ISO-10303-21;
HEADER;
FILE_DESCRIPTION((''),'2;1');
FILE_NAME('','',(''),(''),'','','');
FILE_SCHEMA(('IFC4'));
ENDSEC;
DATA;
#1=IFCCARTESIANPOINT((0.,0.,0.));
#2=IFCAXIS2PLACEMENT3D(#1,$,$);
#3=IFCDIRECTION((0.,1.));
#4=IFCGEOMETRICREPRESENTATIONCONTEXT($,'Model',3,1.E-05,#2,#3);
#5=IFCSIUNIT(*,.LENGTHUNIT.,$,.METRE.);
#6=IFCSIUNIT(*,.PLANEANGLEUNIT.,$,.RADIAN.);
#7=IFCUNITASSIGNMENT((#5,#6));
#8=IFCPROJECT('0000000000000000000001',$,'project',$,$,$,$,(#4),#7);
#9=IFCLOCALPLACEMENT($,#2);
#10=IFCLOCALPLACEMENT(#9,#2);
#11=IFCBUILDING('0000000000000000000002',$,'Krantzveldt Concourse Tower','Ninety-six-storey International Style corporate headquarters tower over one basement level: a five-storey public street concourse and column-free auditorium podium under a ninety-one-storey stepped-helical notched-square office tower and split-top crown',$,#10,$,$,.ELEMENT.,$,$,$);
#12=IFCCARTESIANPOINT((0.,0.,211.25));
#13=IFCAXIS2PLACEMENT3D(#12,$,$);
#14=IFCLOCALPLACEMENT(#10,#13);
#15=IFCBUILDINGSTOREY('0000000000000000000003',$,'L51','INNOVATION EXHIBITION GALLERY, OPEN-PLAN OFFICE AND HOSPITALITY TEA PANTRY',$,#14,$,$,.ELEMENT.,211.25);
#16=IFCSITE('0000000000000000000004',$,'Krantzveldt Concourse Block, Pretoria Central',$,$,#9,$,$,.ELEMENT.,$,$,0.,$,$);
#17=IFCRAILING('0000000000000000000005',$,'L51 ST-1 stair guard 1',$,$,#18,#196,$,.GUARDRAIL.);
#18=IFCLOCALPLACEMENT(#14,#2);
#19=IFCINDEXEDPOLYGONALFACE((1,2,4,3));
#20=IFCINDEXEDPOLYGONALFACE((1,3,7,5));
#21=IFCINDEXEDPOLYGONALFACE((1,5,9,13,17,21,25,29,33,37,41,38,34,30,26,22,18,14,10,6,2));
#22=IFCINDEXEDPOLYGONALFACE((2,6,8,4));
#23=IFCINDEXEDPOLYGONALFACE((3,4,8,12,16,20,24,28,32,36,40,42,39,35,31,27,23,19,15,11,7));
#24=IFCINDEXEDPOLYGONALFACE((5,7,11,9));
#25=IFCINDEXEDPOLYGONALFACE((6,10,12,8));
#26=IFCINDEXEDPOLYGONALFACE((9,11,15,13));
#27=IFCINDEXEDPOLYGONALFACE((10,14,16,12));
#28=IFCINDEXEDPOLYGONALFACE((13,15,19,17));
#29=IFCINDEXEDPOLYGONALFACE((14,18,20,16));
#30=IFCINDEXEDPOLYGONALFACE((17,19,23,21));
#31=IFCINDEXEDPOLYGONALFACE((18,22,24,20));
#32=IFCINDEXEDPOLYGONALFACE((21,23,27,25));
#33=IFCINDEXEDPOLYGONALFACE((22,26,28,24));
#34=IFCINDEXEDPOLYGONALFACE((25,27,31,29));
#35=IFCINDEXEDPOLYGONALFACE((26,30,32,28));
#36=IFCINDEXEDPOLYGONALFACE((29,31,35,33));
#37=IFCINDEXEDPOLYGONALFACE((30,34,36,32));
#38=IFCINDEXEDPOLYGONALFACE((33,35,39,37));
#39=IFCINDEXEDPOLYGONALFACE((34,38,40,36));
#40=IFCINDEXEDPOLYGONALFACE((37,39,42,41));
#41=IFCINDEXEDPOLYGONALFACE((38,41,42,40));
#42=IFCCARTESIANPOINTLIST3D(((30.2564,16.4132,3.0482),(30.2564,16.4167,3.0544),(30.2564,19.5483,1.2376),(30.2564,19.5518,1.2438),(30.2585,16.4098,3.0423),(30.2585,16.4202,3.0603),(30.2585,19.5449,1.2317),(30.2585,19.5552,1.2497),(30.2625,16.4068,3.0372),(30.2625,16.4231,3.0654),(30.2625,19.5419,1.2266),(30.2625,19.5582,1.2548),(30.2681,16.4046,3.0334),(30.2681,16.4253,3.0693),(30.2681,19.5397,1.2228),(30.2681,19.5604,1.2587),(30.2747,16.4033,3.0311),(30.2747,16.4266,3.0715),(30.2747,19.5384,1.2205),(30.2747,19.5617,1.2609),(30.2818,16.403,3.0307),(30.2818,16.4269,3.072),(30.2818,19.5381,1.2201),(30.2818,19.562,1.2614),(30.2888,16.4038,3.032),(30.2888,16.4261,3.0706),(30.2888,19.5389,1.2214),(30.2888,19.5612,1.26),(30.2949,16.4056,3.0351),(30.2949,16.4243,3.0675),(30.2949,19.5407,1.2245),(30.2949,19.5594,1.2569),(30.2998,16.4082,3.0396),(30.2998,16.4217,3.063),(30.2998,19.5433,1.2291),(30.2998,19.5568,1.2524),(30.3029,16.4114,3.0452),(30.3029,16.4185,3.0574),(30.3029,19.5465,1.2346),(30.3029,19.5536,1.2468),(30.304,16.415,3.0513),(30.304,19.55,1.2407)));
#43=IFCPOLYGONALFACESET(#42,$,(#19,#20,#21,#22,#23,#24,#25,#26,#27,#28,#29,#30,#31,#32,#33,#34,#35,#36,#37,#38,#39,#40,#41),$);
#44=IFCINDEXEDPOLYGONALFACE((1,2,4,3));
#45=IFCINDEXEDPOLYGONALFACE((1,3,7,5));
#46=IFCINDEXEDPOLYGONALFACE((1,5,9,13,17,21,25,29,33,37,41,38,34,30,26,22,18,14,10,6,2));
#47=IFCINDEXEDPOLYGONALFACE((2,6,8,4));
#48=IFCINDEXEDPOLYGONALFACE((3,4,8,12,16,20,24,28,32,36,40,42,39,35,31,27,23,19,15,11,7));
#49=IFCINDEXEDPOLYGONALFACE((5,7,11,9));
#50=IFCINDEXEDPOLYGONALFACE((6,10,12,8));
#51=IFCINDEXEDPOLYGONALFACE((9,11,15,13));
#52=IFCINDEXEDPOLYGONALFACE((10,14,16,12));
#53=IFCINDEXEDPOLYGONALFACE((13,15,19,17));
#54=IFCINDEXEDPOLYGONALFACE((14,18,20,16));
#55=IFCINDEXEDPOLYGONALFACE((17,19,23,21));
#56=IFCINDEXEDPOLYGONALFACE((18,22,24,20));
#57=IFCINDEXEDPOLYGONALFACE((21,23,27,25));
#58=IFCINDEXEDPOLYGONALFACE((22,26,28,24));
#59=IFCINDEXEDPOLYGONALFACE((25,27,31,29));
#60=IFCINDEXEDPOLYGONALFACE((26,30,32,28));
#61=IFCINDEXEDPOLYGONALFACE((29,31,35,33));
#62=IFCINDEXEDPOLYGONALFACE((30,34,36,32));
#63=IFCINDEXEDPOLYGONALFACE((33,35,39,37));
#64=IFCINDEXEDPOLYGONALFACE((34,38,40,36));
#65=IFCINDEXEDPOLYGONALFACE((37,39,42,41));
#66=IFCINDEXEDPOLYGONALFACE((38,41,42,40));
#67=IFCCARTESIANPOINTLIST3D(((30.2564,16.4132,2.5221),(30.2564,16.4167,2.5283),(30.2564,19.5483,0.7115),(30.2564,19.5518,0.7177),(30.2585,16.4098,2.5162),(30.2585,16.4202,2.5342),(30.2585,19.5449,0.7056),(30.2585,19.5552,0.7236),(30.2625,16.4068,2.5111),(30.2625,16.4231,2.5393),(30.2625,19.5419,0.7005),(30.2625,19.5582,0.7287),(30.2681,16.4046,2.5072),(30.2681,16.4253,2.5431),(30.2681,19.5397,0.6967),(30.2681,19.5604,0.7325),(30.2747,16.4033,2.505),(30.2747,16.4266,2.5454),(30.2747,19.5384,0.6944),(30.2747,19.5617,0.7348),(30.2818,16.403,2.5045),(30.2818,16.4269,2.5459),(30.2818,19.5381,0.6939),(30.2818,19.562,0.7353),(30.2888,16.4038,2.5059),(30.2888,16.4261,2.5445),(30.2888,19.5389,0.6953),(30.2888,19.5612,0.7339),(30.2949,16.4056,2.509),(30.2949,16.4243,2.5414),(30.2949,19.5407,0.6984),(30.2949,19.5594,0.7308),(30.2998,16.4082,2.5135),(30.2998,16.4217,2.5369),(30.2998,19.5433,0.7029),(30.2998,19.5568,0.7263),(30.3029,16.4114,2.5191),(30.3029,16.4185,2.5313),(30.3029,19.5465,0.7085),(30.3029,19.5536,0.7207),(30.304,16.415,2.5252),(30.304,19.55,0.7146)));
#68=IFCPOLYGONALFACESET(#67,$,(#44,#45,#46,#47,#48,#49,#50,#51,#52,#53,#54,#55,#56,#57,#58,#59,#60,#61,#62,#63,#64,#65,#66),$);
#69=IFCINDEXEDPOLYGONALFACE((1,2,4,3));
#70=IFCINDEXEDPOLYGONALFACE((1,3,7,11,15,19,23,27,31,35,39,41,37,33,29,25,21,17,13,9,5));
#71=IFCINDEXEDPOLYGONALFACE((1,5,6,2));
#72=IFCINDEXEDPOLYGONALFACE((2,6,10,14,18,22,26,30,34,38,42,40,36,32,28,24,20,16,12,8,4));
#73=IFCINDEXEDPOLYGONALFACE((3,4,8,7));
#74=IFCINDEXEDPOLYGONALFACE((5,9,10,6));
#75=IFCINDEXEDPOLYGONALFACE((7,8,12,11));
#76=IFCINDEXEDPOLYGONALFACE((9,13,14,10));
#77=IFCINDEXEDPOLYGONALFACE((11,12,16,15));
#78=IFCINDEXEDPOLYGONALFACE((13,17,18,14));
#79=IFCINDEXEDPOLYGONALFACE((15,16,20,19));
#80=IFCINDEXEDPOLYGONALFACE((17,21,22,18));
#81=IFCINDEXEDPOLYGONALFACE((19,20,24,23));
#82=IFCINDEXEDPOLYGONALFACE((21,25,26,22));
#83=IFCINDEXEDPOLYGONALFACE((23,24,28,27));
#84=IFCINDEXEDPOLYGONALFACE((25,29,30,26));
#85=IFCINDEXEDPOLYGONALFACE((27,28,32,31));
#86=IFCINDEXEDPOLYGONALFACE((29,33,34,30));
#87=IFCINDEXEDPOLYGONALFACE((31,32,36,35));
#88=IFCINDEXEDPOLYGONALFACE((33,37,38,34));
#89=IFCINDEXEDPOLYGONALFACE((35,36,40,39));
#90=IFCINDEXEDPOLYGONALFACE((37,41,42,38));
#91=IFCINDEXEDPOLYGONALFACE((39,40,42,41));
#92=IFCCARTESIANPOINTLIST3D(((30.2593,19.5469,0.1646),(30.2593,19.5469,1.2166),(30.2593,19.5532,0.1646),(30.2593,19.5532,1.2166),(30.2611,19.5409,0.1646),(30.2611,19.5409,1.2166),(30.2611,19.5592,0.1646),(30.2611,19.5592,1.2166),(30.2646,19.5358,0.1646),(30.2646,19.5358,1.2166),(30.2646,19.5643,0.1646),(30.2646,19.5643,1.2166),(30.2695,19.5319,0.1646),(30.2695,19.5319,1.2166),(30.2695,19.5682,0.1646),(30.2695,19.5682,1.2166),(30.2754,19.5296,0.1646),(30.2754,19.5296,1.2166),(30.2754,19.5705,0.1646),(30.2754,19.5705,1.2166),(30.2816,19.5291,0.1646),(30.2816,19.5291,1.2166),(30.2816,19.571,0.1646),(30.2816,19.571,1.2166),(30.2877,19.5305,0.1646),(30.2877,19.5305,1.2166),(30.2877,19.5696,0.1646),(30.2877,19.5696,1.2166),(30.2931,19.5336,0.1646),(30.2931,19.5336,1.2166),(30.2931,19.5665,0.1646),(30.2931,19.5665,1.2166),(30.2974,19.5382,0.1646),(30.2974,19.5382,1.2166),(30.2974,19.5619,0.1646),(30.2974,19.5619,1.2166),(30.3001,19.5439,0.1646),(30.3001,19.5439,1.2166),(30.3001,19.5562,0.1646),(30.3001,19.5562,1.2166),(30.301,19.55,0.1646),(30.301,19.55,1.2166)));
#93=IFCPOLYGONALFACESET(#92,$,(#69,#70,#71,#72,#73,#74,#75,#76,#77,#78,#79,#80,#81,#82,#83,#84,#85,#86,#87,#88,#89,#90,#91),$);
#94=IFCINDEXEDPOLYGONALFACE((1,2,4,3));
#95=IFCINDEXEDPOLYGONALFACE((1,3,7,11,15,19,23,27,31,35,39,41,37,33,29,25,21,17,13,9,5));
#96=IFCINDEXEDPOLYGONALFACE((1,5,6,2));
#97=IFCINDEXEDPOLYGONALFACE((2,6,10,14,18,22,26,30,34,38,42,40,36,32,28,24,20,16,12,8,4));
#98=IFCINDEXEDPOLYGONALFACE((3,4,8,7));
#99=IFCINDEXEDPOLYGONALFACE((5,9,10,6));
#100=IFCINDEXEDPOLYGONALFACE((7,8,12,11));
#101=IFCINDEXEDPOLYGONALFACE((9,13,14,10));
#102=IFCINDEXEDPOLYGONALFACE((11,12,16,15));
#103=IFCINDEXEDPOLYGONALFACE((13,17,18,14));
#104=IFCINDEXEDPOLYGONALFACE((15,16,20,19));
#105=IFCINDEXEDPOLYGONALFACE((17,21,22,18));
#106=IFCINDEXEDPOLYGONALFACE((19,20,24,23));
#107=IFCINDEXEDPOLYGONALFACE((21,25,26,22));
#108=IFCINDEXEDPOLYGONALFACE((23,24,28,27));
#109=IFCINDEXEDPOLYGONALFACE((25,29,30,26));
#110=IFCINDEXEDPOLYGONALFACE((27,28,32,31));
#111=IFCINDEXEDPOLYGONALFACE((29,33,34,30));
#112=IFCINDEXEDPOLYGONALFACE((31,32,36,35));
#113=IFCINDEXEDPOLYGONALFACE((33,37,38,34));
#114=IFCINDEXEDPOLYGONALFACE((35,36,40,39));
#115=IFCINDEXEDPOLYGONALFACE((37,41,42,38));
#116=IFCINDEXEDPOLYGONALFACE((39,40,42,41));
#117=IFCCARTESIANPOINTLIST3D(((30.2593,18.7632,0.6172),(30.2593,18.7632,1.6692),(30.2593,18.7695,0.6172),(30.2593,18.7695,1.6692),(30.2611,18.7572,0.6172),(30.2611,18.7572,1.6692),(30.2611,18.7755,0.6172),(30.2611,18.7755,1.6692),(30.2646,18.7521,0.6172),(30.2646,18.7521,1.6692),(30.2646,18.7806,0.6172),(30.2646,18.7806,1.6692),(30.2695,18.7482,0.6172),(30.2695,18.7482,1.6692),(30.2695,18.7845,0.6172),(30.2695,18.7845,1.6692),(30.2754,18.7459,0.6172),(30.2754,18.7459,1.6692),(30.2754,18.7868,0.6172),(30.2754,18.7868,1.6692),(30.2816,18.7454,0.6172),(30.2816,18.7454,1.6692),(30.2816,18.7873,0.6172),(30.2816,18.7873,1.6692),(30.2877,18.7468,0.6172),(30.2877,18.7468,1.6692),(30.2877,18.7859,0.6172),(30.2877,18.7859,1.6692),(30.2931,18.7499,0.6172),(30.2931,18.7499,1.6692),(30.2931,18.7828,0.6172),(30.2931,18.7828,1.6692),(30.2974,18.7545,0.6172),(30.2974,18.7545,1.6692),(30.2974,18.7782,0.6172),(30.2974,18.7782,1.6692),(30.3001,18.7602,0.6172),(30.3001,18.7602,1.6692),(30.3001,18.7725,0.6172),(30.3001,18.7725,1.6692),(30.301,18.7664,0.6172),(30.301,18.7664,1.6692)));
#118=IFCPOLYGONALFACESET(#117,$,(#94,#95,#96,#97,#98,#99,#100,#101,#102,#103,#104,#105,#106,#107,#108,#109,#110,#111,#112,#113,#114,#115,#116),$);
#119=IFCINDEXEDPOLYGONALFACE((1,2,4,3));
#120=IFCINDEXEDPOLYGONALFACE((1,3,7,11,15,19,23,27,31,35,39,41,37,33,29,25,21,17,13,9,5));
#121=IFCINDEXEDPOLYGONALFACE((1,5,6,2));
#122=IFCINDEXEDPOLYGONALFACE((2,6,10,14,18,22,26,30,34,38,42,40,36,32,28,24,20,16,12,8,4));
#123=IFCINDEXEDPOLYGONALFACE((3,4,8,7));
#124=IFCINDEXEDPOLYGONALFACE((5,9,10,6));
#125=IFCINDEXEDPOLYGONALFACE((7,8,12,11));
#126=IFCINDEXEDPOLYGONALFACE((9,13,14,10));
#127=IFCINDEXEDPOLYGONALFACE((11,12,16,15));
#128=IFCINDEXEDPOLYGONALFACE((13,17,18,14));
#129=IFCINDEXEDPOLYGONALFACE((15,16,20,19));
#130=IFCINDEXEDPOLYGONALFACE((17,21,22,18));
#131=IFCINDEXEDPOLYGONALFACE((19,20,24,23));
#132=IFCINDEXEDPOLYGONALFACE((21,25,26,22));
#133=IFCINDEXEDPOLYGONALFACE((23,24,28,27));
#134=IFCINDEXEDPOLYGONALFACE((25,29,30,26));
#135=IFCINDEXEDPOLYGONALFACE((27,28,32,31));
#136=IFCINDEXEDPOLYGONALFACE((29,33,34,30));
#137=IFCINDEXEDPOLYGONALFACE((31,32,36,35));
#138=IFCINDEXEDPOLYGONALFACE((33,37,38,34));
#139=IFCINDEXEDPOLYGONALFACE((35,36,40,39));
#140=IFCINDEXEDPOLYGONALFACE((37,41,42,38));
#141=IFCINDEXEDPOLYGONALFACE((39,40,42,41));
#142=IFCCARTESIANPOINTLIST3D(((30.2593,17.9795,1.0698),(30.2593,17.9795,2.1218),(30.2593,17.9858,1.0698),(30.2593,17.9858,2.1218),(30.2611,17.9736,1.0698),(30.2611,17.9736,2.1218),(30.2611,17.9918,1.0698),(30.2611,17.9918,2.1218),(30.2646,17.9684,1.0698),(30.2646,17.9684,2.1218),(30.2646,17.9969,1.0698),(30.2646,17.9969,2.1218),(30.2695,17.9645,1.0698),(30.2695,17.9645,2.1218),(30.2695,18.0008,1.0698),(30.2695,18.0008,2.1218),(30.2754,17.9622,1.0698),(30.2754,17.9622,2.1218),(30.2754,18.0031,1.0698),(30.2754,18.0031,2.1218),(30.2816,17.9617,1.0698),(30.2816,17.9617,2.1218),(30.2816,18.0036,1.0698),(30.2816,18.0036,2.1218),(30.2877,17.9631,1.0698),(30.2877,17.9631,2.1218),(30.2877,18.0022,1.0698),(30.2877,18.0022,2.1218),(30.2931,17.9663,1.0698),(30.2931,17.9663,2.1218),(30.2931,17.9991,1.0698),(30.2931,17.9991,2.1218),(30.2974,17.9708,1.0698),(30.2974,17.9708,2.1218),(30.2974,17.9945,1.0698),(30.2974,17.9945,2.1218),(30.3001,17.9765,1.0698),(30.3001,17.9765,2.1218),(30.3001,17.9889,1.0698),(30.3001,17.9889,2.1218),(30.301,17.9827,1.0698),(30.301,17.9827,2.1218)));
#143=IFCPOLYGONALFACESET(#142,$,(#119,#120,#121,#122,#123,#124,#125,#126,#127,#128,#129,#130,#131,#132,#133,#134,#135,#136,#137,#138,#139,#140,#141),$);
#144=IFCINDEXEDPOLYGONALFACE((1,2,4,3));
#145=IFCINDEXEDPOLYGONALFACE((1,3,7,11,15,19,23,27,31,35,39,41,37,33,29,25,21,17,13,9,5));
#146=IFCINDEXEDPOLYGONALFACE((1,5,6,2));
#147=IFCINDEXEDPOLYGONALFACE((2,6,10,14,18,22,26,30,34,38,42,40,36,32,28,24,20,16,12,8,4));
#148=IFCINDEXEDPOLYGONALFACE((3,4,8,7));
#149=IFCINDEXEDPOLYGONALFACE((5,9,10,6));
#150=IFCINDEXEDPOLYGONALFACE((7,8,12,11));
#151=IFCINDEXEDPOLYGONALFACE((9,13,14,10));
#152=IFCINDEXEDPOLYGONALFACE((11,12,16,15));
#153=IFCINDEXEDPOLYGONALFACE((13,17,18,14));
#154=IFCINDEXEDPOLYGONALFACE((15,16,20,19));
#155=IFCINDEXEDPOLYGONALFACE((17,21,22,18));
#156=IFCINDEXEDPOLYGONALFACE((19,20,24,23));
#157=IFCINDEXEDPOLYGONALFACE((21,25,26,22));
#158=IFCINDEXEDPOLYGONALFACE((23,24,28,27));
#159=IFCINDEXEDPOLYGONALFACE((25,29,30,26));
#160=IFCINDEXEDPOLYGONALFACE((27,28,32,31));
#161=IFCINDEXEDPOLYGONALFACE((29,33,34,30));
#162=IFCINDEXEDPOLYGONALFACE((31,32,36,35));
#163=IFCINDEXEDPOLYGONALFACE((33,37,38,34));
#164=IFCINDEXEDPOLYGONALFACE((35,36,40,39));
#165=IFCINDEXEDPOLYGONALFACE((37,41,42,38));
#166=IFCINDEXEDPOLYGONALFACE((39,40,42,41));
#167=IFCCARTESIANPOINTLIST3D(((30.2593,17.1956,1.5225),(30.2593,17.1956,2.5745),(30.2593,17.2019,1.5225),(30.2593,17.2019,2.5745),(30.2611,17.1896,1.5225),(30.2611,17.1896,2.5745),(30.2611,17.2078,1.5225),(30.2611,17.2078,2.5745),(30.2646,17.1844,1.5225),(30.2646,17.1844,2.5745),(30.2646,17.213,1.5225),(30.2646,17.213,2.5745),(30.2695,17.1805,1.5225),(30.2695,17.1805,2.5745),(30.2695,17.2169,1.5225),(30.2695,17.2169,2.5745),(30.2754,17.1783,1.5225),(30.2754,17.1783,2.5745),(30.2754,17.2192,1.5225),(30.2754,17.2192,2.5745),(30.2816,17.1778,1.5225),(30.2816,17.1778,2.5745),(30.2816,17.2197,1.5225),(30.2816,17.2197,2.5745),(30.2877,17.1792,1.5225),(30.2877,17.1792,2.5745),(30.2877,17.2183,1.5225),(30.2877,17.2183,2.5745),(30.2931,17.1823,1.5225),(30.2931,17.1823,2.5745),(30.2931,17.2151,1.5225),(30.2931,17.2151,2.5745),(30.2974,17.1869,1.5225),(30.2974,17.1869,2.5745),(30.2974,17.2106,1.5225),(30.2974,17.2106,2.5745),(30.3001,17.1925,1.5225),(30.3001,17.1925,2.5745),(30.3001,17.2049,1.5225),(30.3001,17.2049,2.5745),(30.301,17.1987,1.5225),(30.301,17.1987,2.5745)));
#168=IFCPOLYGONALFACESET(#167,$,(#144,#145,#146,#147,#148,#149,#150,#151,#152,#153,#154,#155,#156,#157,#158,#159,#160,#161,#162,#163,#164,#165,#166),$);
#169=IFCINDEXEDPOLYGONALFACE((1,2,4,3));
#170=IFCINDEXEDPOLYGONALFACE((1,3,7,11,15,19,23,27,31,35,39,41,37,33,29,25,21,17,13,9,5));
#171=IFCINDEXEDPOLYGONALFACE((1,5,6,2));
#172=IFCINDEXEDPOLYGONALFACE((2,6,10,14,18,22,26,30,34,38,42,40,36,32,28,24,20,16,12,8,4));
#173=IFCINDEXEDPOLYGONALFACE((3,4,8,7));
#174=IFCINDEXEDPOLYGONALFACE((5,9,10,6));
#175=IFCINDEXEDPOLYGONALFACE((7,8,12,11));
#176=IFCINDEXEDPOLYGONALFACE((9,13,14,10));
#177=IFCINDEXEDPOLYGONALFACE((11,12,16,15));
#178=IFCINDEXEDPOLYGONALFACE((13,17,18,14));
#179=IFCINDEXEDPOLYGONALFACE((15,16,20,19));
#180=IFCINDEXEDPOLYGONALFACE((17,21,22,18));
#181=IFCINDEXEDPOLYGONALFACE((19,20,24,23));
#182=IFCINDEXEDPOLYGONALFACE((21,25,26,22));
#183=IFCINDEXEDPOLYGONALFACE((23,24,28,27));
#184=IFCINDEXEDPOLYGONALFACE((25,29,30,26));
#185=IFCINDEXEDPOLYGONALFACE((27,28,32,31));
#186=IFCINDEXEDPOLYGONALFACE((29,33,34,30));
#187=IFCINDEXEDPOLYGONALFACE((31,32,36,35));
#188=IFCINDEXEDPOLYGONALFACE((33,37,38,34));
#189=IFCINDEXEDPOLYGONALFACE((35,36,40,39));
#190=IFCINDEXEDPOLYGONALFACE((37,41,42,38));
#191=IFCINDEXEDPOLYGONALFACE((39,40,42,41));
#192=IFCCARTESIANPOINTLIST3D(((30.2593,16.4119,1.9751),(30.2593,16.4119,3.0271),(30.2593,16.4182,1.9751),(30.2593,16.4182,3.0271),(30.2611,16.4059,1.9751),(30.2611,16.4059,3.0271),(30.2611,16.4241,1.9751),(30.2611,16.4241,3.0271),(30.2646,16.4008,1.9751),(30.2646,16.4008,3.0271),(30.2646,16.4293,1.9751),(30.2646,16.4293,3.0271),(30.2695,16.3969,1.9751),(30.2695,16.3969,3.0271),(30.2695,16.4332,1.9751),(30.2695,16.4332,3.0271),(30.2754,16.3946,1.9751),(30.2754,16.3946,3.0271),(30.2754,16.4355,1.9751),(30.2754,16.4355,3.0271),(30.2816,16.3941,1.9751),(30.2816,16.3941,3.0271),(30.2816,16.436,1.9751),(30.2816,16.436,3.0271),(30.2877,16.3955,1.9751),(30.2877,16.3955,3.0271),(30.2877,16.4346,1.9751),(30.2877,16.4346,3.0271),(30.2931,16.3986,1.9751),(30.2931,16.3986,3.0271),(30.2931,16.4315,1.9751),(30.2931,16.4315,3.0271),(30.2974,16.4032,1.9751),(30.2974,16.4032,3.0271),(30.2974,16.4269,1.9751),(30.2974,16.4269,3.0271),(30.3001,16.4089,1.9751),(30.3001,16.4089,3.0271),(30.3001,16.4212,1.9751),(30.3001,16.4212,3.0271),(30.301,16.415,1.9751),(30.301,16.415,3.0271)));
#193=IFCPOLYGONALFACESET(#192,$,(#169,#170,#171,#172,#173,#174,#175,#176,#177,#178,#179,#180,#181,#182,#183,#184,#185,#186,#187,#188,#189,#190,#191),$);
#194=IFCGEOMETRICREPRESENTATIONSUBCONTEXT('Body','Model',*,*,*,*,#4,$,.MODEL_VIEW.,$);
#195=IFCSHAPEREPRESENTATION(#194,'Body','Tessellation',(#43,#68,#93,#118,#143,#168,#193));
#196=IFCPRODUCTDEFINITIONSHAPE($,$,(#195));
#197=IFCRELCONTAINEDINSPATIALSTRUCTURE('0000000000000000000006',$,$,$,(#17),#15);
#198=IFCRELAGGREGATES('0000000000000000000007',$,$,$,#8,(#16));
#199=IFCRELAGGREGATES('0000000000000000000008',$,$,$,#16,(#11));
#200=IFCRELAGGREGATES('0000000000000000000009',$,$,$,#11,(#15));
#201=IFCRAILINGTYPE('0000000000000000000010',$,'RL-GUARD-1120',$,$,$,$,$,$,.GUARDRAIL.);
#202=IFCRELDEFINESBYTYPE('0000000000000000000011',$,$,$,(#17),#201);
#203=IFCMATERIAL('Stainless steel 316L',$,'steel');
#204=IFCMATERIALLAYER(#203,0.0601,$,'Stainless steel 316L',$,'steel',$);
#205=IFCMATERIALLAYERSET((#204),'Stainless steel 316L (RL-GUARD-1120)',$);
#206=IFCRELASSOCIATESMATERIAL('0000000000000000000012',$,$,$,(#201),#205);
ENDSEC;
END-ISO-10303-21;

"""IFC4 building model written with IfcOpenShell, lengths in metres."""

from ifc_helpers import new_model, si_unit, direction, frame, origin, origin_2d, place, context, subcontext, project, spatial, circle, extrude, material, layer, layer_set, type_object, element, save


model = new_model("IFC4")

# Units and contexts
model_context = context("Model", 3, precision=1e-05, world=origin(), true_north=direction((0.0, 1.0)))
body_context = subcontext(model_context, "Body", "Model", "MODEL_VIEW")
ifc_project = project(units=[si_unit("LENGTHUNIT", "METRE"), si_unit("PLANEANGLEUNIT", "RADIAN")], contexts=[model_context])

# Site, building, storey
site_placement = place(None, origin())
site = spatial("IfcSite", under=ifc_project, at=site_placement, Name="Krantzveldt Concourse Block, Pretoria Central", CompositionType="ELEMENT", RefElevation=0.0)
building_placement = place(site_placement, origin())
building = spatial("IfcBuilding", under=site, at=building_placement, Name="Krantzveldt Concourse Tower", Description="Ninety-six-storey International Style corporate headquarters tower over one basement level: a five-storey public street concourse and column-free auditorium podium under a ninety-one-storey stepped-helical notched-square office tower and split-top crown", CompositionType="ELEMENT")
storey_placement = place(building_placement, frame((0.0, 0.0, 211.25)))
storey = spatial("IfcBuildingStorey", under=building, at=storey_placement, Name="L51", Description="INNOVATION EXHIBITION GALLERY, OPEN-PLAN OFFICE AND HOSPITALITY TEA PANTRY", CompositionType="ELEMENT", Elevation=211.25)

# Shared definitions
ifc_material_1 = material(Name="Stainless steel 316L", Category="steel")

# Railing
ifc_layer_1 = layer(ifc_material_1, 0.0601, Name="Stainless steel 316L", Category="steel")
ifc_layer_set_1 = layer_set([ifc_layer_1], Name="Stainless steel 316L (RL-GUARD-1120)")
railing_type_1 = type_object("IfcRailingType", Name="RL-GUARD-1120", PredefinedType="GUARDRAIL", material=ifc_layer_set_1)
railing_1_placement = place(storey_placement, frame((30.28, 19.55, 0.1646)))
element("IfcRailing", 1, at=railing_1_placement, inside=storey, type_object=railing_type_1, Name="L51 ST-1 stair guard 1", PredefinedType="GUARDRAIL", context=body_context, shape_type="SweptSolid", body=[
    extrude(circle(Radius=0.0239, at=origin_2d()), frame((0.0, 0.0, 1.0762), z_axis=(0.0, -0.86596, 0.500114), x_axis=(1.0, 0.0, 0.0)), (0.0, 0.0, 1.0), 3.6204),
    extrude(circle(Radius=0.0239, at=origin_2d()), frame((0.0, 0.0, 0.55), z_axis=(0.0, -0.86596, 0.500114), x_axis=(1.0, 0.0, 0.0)), (0.0, 0.0, 1.0), 3.6204),
    extrude(circle(Radius=0.021, at=origin_2d()), origin(), (0.0, 0.0, 1.0), 1.052),
    extrude(circle(Radius=0.021, at=origin_2d()), frame((0.0, -0.7837, 0.4526)), (0.0, 0.0, 1.0), 1.052),
    extrude(circle(Radius=0.021, at=origin_2d()), frame((0.0, -1.5674, 0.9053)), (0.0, 0.0, 1.0), 1.052),
    extrude(circle(Radius=0.021, at=origin_2d()), frame((0.0, -2.3513, 1.3579)), (0.0, 0.0, 1.0), 1.052),
    extrude(circle(Radius=0.021, at=origin_2d()), frame((0.0, -3.135, 1.8105)), (0.0, 0.0, 1.0), 1.052),
])

save(model, "model.ifc")
